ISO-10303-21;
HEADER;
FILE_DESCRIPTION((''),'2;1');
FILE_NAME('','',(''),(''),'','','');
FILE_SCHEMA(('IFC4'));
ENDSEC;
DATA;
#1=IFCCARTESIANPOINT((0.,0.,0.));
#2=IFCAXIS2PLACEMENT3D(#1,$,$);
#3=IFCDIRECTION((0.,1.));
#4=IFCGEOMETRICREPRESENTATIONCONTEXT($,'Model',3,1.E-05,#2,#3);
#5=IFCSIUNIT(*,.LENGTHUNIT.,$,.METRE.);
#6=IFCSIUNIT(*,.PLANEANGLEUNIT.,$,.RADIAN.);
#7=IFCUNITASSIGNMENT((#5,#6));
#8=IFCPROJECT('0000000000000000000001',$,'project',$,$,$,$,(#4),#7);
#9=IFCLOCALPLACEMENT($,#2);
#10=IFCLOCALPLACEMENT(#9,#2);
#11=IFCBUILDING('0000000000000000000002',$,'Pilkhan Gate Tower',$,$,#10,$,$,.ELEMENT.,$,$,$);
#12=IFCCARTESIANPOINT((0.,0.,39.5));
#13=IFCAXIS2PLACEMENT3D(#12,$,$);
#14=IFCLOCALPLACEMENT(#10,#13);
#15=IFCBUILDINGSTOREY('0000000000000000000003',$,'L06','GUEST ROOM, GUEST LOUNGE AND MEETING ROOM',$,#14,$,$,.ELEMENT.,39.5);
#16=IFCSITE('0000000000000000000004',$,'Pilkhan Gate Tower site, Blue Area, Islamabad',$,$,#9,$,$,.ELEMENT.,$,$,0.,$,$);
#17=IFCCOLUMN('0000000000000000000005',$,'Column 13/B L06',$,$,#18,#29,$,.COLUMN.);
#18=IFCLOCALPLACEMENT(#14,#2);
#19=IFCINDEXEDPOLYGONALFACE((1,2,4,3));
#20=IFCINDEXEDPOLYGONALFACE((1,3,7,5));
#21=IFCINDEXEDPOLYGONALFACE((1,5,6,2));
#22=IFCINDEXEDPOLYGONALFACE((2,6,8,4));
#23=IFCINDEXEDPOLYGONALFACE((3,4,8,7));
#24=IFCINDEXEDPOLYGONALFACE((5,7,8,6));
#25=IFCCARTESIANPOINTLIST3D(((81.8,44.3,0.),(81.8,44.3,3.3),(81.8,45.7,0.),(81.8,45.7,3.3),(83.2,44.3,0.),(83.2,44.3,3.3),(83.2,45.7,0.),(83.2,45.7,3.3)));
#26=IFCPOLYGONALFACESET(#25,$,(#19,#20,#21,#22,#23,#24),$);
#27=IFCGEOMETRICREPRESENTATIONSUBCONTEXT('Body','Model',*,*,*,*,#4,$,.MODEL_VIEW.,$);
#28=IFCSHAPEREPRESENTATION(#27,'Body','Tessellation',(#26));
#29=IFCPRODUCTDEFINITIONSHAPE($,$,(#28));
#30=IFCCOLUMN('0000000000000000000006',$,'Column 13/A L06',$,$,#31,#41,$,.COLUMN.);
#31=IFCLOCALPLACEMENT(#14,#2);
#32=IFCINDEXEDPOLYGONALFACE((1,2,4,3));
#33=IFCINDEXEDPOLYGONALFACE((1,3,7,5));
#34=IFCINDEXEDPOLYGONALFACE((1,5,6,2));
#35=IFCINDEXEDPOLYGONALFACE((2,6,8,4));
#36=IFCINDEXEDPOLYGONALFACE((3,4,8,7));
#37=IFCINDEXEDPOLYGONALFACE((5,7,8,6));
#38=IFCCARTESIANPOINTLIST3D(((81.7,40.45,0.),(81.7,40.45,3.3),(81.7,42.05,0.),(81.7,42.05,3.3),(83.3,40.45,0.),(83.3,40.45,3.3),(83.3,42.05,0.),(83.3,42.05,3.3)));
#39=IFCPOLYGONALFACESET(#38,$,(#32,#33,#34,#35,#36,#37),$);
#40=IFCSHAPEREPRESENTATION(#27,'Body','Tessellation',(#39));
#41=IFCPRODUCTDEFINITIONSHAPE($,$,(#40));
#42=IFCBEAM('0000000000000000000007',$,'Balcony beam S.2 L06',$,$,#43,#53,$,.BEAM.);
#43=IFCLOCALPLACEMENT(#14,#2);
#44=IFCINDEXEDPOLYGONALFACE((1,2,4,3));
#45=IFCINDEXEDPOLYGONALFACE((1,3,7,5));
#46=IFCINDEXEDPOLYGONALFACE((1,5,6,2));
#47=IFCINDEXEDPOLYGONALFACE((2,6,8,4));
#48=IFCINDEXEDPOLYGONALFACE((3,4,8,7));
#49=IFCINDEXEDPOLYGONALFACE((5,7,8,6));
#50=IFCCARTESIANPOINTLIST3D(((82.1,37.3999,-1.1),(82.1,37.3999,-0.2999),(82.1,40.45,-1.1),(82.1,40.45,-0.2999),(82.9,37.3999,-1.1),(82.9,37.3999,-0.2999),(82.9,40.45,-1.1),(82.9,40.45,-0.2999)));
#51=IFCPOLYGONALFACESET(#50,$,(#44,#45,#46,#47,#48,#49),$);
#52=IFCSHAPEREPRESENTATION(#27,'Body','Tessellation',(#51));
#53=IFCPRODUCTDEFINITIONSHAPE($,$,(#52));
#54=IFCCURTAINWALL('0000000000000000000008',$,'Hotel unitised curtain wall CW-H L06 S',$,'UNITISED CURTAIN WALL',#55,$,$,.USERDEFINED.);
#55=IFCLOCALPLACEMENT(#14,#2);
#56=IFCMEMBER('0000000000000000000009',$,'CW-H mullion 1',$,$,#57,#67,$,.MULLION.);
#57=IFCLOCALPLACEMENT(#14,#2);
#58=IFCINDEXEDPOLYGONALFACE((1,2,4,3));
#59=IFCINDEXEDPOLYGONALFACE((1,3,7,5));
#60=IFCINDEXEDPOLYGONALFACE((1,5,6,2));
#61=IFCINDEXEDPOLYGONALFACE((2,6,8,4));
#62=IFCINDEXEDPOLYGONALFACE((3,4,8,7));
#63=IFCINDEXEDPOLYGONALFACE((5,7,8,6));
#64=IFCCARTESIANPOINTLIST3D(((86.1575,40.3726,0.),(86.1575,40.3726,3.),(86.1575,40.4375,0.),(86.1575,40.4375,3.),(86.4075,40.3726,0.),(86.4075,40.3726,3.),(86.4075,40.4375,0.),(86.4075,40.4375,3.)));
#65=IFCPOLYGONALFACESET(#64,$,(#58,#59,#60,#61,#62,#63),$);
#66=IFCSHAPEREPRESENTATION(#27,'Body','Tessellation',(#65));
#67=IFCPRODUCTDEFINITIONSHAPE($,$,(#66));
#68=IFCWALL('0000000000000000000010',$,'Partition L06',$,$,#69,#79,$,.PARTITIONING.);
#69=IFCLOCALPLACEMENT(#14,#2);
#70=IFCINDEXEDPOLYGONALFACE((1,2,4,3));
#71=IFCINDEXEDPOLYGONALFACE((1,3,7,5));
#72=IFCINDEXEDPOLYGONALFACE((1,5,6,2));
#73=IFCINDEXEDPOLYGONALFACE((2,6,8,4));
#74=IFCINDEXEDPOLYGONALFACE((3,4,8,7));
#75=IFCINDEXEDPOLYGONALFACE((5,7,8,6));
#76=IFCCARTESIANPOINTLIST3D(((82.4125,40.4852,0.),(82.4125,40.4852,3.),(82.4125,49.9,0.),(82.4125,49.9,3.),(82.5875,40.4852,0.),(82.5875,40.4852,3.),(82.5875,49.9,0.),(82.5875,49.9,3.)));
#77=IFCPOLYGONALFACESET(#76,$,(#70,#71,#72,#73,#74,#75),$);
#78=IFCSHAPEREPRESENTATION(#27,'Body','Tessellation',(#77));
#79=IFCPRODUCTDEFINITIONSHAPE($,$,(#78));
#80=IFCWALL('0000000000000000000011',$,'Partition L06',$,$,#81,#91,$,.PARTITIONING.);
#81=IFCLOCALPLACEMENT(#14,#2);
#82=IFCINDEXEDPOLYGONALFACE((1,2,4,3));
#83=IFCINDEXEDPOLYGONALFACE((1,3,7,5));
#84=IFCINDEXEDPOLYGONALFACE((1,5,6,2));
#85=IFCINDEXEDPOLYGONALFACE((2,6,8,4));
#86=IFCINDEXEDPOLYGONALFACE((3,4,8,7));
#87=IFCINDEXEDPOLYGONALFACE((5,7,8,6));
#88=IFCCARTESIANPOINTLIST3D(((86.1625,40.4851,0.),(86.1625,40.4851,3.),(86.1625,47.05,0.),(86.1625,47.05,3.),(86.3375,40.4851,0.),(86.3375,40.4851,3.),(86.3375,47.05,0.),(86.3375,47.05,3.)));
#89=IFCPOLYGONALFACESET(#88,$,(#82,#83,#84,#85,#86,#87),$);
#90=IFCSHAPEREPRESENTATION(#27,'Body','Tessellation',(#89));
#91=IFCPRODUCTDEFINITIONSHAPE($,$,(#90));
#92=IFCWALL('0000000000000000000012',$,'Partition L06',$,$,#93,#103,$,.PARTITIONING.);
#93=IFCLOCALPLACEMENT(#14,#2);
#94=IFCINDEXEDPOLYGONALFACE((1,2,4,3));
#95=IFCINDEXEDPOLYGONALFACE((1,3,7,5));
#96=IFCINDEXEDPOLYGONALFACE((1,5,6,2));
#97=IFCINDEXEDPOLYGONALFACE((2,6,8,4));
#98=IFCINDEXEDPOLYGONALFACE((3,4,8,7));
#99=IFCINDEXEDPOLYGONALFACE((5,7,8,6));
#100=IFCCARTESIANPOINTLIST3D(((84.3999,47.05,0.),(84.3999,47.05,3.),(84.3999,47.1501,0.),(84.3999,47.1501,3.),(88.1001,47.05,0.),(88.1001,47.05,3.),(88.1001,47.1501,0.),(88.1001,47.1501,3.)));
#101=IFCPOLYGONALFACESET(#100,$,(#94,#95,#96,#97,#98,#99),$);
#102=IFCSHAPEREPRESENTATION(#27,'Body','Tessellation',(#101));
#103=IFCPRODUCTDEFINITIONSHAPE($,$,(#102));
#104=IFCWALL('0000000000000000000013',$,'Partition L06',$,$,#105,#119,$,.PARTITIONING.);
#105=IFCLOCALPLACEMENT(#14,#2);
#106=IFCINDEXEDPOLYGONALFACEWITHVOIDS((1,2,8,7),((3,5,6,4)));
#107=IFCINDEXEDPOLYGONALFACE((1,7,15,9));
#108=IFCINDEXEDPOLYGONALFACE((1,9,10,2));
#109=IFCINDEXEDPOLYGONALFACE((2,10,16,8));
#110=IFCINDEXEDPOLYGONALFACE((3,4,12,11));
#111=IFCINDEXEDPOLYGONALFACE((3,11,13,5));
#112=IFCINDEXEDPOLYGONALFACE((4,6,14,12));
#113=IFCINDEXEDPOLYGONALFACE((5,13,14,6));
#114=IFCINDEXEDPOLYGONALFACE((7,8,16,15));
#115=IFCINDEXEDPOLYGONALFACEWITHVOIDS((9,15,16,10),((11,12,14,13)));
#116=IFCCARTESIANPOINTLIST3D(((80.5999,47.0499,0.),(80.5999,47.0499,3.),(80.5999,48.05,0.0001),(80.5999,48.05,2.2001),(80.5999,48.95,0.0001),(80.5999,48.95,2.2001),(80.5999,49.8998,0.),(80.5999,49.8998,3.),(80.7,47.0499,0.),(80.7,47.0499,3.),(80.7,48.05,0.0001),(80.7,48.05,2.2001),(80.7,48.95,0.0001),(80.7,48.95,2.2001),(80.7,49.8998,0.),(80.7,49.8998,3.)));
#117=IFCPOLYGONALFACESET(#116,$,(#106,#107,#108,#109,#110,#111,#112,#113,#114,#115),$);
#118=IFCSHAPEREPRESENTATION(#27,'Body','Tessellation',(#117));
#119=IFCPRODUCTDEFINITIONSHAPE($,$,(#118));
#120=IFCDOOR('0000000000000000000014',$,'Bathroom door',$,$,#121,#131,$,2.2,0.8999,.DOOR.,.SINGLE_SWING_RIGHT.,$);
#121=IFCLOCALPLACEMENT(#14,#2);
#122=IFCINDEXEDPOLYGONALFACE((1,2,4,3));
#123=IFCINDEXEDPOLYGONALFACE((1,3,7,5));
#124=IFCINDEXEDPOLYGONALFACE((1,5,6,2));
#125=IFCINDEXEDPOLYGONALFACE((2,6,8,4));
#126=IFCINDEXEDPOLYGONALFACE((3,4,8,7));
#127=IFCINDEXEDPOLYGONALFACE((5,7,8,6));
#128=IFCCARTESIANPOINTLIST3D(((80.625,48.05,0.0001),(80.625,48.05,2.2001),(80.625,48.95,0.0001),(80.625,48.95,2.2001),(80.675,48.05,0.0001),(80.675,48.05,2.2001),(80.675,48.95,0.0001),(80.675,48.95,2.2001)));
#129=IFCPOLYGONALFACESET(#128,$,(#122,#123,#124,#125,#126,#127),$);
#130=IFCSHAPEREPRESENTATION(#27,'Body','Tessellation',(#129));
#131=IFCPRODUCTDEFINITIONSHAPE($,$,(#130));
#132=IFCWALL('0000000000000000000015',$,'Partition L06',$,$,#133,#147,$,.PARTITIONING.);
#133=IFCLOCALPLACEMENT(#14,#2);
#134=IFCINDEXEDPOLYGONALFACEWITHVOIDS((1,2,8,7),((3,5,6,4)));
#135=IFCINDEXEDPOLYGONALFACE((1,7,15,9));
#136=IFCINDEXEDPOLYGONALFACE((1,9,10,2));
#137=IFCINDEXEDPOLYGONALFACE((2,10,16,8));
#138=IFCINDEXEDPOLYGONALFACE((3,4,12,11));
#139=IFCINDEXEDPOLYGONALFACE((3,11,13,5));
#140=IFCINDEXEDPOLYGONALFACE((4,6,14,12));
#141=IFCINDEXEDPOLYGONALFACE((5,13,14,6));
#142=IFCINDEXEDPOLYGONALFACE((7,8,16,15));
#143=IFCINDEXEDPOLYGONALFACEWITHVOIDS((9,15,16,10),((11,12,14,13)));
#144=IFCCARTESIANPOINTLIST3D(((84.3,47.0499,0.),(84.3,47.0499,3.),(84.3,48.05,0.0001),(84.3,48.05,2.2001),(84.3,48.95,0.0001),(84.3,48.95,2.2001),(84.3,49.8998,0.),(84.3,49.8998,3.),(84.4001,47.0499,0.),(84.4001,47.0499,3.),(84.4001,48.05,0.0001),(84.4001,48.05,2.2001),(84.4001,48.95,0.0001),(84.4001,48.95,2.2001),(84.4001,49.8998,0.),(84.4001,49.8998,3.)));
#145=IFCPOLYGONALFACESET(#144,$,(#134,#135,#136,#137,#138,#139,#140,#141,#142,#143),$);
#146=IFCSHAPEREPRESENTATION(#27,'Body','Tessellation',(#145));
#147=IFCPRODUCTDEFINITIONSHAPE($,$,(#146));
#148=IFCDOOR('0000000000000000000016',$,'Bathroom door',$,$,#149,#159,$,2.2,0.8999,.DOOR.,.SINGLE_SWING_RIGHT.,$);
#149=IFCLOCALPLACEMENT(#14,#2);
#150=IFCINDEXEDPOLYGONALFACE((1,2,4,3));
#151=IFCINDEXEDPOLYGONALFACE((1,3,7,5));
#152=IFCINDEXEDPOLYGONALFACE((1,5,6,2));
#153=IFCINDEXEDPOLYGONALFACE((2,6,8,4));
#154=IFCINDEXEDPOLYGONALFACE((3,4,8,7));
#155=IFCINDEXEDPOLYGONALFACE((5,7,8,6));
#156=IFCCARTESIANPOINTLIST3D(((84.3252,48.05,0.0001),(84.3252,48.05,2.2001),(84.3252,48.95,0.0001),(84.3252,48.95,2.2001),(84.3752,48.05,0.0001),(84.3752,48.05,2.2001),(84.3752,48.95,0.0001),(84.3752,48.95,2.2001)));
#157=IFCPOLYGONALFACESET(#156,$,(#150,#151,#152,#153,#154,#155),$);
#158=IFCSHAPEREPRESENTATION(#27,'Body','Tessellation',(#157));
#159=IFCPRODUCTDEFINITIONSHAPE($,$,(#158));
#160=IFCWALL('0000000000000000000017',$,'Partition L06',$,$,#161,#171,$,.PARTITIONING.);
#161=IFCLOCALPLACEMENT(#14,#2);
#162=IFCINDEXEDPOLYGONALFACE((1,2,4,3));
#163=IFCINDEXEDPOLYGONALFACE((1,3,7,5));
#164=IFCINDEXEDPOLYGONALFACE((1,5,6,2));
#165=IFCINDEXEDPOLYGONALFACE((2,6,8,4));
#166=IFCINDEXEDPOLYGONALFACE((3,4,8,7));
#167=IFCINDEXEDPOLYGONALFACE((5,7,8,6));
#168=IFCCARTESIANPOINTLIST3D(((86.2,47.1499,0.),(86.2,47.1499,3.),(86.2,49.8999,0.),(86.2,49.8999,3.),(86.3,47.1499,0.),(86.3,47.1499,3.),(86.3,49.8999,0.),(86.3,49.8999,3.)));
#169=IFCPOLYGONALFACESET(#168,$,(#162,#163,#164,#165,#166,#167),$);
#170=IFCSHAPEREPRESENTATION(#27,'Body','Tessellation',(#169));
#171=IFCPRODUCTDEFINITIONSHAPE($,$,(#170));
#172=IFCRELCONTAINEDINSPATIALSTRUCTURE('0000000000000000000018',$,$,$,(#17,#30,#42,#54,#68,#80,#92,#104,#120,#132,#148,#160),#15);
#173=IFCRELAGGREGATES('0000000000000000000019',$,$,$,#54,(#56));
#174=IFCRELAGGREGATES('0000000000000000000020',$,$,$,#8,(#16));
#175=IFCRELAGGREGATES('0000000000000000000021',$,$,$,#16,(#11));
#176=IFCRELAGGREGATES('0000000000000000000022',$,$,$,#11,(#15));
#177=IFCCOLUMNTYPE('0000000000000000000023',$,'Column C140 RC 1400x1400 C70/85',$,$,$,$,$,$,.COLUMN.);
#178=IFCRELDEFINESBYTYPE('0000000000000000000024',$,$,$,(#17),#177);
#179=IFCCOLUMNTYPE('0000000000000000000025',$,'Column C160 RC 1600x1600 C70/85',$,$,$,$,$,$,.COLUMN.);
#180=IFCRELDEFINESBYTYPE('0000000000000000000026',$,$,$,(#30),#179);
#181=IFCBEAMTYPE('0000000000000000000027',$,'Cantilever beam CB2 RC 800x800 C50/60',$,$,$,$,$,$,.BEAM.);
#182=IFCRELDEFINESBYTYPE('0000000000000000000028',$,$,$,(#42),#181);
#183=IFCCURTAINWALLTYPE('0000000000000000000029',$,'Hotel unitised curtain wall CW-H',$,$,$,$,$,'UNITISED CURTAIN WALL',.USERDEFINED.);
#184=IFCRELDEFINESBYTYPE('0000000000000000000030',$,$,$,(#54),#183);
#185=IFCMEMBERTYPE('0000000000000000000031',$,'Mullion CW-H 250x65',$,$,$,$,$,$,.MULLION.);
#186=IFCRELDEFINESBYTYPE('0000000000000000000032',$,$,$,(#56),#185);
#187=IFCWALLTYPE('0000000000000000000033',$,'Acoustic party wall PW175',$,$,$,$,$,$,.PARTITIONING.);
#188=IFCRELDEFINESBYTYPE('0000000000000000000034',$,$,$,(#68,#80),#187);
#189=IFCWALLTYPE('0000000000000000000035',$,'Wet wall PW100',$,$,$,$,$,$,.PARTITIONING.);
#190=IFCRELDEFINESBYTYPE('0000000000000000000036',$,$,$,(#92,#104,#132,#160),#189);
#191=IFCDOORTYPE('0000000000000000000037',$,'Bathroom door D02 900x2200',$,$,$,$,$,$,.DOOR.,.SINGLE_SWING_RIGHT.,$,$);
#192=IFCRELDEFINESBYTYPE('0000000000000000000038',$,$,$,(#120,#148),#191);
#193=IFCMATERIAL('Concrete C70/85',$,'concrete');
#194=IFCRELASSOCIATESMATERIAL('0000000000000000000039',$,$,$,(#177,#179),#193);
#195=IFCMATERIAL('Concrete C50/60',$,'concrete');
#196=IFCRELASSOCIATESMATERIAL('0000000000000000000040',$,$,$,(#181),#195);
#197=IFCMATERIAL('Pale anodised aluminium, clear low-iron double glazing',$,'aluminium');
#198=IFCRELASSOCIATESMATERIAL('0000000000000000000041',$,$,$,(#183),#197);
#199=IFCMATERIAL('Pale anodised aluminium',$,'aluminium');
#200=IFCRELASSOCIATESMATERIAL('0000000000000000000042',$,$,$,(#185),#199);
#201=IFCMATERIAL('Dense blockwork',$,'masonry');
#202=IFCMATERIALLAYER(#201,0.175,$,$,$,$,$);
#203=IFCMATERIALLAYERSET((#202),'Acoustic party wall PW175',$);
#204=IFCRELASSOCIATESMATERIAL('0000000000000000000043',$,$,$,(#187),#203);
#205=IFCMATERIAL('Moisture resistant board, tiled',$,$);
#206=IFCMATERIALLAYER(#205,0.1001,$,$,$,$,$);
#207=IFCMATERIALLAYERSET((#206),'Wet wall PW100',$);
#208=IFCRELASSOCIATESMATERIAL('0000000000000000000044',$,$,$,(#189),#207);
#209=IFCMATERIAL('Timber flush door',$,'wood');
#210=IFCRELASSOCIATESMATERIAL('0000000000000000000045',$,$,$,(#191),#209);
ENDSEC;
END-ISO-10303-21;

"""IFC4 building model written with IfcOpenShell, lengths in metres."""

from ifc_helpers import new_model, si_unit, direction, frame, frame_2d, origin, origin_2d, place, context, subcontext, project, spatial, rectangle, extrude, material, layer, layer_set, material_profile, profile_set, type_object, element, fill, aggregate, save


model = new_model("IFC4")

# Units and contexts
model_context = context("Model", 3, precision=1e-05, world=origin(), true_north=direction((0.0, 1.0)))
body_context = subcontext(model_context, "Body", "Model", "MODEL_VIEW")
ifc_project = project(units=[si_unit("LENGTHUNIT", "METRE"), si_unit("PLANEANGLEUNIT", "RADIAN")], contexts=[model_context])

# Site, building, storey
site_placement = place(None, origin())
site = spatial("IfcSite", under=ifc_project, at=site_placement, Name="Pilkhan Gate Tower site, Blue Area, Islamabad", CompositionType="ELEMENT", RefElevation=0.0)
building_placement = place(site_placement, origin())
building = spatial("IfcBuilding", under=site, at=building_placement, Name="Pilkhan Gate Tower", CompositionType="ELEMENT")
storey_placement = place(building_placement, frame((0.0, 0.0, 39.5)))
storey = spatial("IfcBuildingStorey", under=building, at=storey_placement, Name="L06", Description="GUEST ROOM, GUEST LOUNGE AND MEETING ROOM", CompositionType="ELEMENT", Elevation=39.5)

# Columns
ifc_material_1 = material(Name="Concrete C70/85", Category="concrete")
ifc_material_profile_1 = material_profile(ifc_material_1, rectangle(XDim=1.3999, YDim=1.3999, at=origin_2d()), Name="RC 1400x1400")
ifc_profile_set_1 = profile_set([ifc_material_profile_1], Name="Concrete C70/85")
column_type_1 = type_object("IfcColumnType", Name="Column C140 RC 1400x1400 C70/85", PredefinedType="COLUMN", material=ifc_profile_set_1)
column_1_placement = place(storey_placement, frame((82.5, 45.0, 0.0), z_axis=(0.0, 0.0, 1.0), x_axis=(1.0, 0.0, 0.0)))
element("IfcColumn", 1, at=column_1_placement, inside=storey, type_object=column_type_1, Name="Column 13/B L06", PredefinedType="COLUMN", context=body_context, shape_type="SweptSolid", body=[
    extrude(rectangle(XDim=1.3999, YDim=1.3999, at=origin_2d()), origin(), (0.0, 0.0, 1.0), 3.3),
])
ifc_material_profile_2 = material_profile(ifc_material_1, rectangle(XDim=1.6001, YDim=1.6001, at=origin_2d()), Name="RC 1600x1600")
ifc_profile_set_2 = profile_set([ifc_material_profile_2], Name="Concrete C70/85")
column_type_2 = type_object("IfcColumnType", Name="Column C160 RC 1600x1600 C70/85", PredefinedType="COLUMN", material=ifc_profile_set_2)
column_2_placement = place(storey_placement, frame((82.5, 41.25, 0.0), z_axis=(0.0, 0.0, 1.0), x_axis=(1.0, 0.0, 0.0)))
element("IfcColumn", 2, at=column_2_placement, inside=storey, type_object=column_type_2, Name="Column 13/A L06", PredefinedType="COLUMN", context=body_context, shape_type="SweptSolid", body=[
    extrude(rectangle(XDim=1.6001, YDim=1.6001, at=origin_2d()), origin(), (0.0, 0.0, 1.0), 3.3),
])

# Beam
ifc_material_2 = material(Name="Concrete C50/60", Category="concrete")
ifc_material_profile_3 = material_profile(ifc_material_2, rectangle(XDim=0.8, YDim=0.8, at=origin_2d()), Name="RC 800x800")
ifc_profile_set_3 = profile_set([ifc_material_profile_3], Name="Concrete C50/60")
beam_type = type_object("IfcBeamType", Name="Cantilever beam CB2 RC 800x800 C50/60", PredefinedType="BEAM", material=ifc_profile_set_3)
beam_placement = place(storey_placement, frame((82.5, 40.45, -0.7), z_axis=(0.0, -1.0, 0.0), x_axis=(1.0, 0.0, 0.0)))
element("IfcBeam", 3, at=beam_placement, inside=storey, type_object=beam_type, Name="Balcony beam S.2 L06", PredefinedType="BEAM", context=body_context, shape_type="SweptSolid", body=[
    extrude(rectangle(XDim=0.8, YDim=0.8, at=origin_2d()), origin(), (0.0, 0.0, 1.0), 3.05),
])

# Curtain wall, member
ifc_material_3 = material(Name="Pale anodised aluminium, clear low-iron double glazing", Category="aluminium")
curtain_wall_type = type_object("IfcCurtainWallType", Name="Hotel unitised curtain wall CW-H", ElementType="UNITISED CURTAIN WALL", PredefinedType="USERDEFINED", material=ifc_material_3)
curtain_wall_placement = place(storey_placement, origin())
curtain_wall = element("IfcCurtainWall", 4, at=curtain_wall_placement, inside=storey, type_object=curtain_wall_type, Name="Hotel unitised curtain wall CW-H L06 S", ObjectType="UNITISED CURTAIN WALL", PredefinedType="USERDEFINED")
ifc_material_4 = material(Name="Pale anodised aluminium", Category="aluminium")
ifc_material_profile_4 = material_profile(ifc_material_4, rectangle(XDim=0.0649, YDim=0.25, at=origin_2d()), Name="Mullion 250x65")
ifc_profile_set_4 = profile_set([ifc_material_profile_4], Name="Pale anodised aluminium")
member_type = type_object("IfcMemberType", Name="Mullion CW-H 250x65", PredefinedType="MULLION", material=ifc_profile_set_4)
member_placement = place(storey_placement, frame((86.2825, 40.405, 0.0), z_axis=(0.0, 0.0, 1.0), x_axis=(0.0, 1.0, 0.0)))
member = element("IfcMember", 5, at=member_placement, type_object=member_type, Name="CW-H mullion 1", PredefinedType="MULLION", context=body_context, shape_type="SweptSolid", body=[
    extrude(rectangle(XDim=0.0649, YDim=0.25, at=origin_2d()), origin(), (0.0, 0.0, 1.0), 3.0),
])
aggregate(curtain_wall, [member])

# Walls
ifc_material_5 = material(Name="Dense blockwork", Category="masonry")
ifc_layer_1 = layer(ifc_material_5, 0.175)
ifc_layer_set_1 = layer_set([ifc_layer_1], Name="Acoustic party wall PW175")
wall_type_1 = type_object("IfcWallType", Name="Acoustic party wall PW175", PredefinedType="PARTITIONING", material=ifc_layer_set_1)
wall_1_placement = place(storey_placement, frame((82.5, 40.4851, 0.0), z_axis=(0.0, 0.0, 1.0), x_axis=(0.0, 1.0, 0.0)))
element("IfcWall", 6, at=wall_1_placement, inside=storey, type_object=wall_type_1, Name="Partition L06", PredefinedType="PARTITIONING", context=body_context, shape_type="SweptSolid", body=[
    extrude(rectangle(XDim=9.4148, YDim=0.175, at=frame_2d((4.7075, 0.0))), origin(), (0.0, 0.0, 1.0), 3.0),
])
wall_2_placement = place(storey_placement, frame((86.25, 40.4851, 0.0), z_axis=(0.0, 0.0, 1.0), x_axis=(0.0, 1.0, 0.0)))
element("IfcWall", 7, at=wall_2_placement, inside=storey, type_object=wall_type_1, Name="Partition L06", PredefinedType="PARTITIONING", context=body_context, shape_type="SweptSolid", body=[
    extrude(rectangle(XDim=6.5649, YDim=0.175, at=frame_2d((3.2825, 0.0))), origin(), (0.0, 0.0, 1.0), 3.0),
])

# Wall
ifc_material_6 = material(Name="Moisture resistant board, tiled")
ifc_layer_2 = layer(ifc_material_6, 0.1001)
ifc_layer_set_2 = layer_set([ifc_layer_2], Name="Wet wall PW100")
wall_type_2 = type_object("IfcWallType", Name="Wet wall PW100", PredefinedType="PARTITIONING", material=ifc_layer_set_2)
wall_3_placement = place(storey_placement, frame((84.3999, 47.1001, 0.0), z_axis=(0.0, 0.0, 1.0), x_axis=(1.0, 0.0, 0.0)))
element("IfcWall", 8, at=wall_3_placement, inside=storey, type_object=wall_type_2, Name="Partition L06", PredefinedType="PARTITIONING", context=body_context, shape_type="SweptSolid", body=[
    extrude(rectangle(XDim=3.7002, YDim=0.1001, at=frame_2d((1.8501, 0.0))), origin(), (0.0, 0.0, 1.0), 3.0),
])

# Walls, openings, doors
wall_4_placement = place(storey_placement, frame((80.6499, 47.05, 0.0), z_axis=(0.0, 0.0, 1.0), x_axis=(0.0, 1.0, 0.0)))
wall_4 = element("IfcWall", 9, at=wall_4_placement, inside=storey, type_object=wall_type_2, Name="Partition L06", PredefinedType="PARTITIONING", context=body_context, shape_type="SweptSolid", body=[
    extrude(rectangle(XDim=2.8499, YDim=0.1001, at=frame_2d((1.4248, 0.0))), origin(), (0.0, 0.0, 1.0), 3.0),
])
opening_1_placement = place(wall_4_placement, frame((1.0, 0.0, 0.0)))
opening_1 = element("IfcOpeningElement", 10, at=opening_1_placement, cuts=wall_4, PredefinedType="OPENING", context=body_context, shape_type="SweptSolid", body=[
    extrude(rectangle(XDim=0.8999, YDim=2.2, at=frame_2d((0.45, 1.1001))), frame((0.0, 0.0601, 0.0), z_axis=(0.0, -1.0, 0.0), x_axis=(1.0, 0.0, 0.0)), (0.0, 0.0, 1.0), 0.1201),
])
ifc_material_7 = material(Name="Timber flush door", Category="wood")
door_type_1 = type_object("IfcDoorType", Name="Bathroom door D02 900x2200", OperationType="SINGLE_SWING_RIGHT", PredefinedType="DOOR", material=ifc_material_7)
door_1_placement = place(opening_1_placement, origin())
door_1 = element("IfcDoor", 11, at=door_1_placement, inside=storey, type_object=door_type_1, Name="Bathroom door", OperationType="SINGLE_SWING_RIGHT", OverallHeight=2.2, OverallWidth=0.8999, PredefinedType="DOOR", context=body_context, shape_type="SweptSolid", body=[
    extrude(rectangle(XDim=0.8999, YDim=2.2, at=frame_2d((0.45, 1.1001))), frame((0.0, 0.0249, 0.0), z_axis=(0.0, -1.0, 0.0), x_axis=(1.0, 0.0, 0.0)), (0.0, 0.0, 1.0), 0.05),
])
fill(opening_1, door_1)
wall_5_placement = place(storey_placement, frame((84.3501, 47.05, 0.0), z_axis=(0.0, 0.0, 1.0), x_axis=(0.0, 1.0, 0.0)))
wall_5 = element("IfcWall", 12, at=wall_5_placement, inside=storey, type_object=wall_type_2, Name="Partition L06", PredefinedType="PARTITIONING", context=body_context, shape_type="SweptSolid", body=[
    extrude(rectangle(XDim=2.8499, YDim=0.1001, at=frame_2d((1.4248, 0.0))), origin(), (0.0, 0.0, 1.0), 3.0),
])
opening_2_placement = place(wall_5_placement, frame((1.0, 0.0, 0.0)))
opening_2 = element("IfcOpeningElement", 13, at=opening_2_placement, cuts=wall_5, PredefinedType="OPENING", context=body_context, shape_type="SweptSolid", body=[
    extrude(rectangle(XDim=0.8999, YDim=2.2, at=frame_2d((0.45, 1.1001))), frame((0.0, 0.0601, 0.0), z_axis=(0.0, -1.0, 0.0), x_axis=(1.0, 0.0, 0.0)), (0.0, 0.0, 1.0), 0.1201),
])
door_2_placement = place(opening_2_placement, origin())
door_2 = element("IfcDoor", 14, at=door_2_placement, inside=storey, type_object=door_type_1, Name="Bathroom door", OperationType="SINGLE_SWING_RIGHT", OverallHeight=2.2, OverallWidth=0.8999, PredefinedType="DOOR", context=body_context, shape_type="SweptSolid", body=[
    extrude(rectangle(XDim=0.8999, YDim=2.2, at=frame_2d((0.45, 1.1001))), frame((0.0, 0.0249, 0.0), z_axis=(0.0, -1.0, 0.0), x_axis=(1.0, 0.0, 0.0)), (0.0, 0.0, 1.0), 0.05),
])
fill(opening_2, door_2)

# Wall
wall_6_placement = place(storey_placement, frame((86.25, 47.1499, 0.0), z_axis=(0.0, 0.0, 1.0), x_axis=(0.0, 1.0, 0.0)))
element("IfcWall", 15, at=wall_6_placement, inside=storey, type_object=wall_type_2, Name="Partition L06", PredefinedType="PARTITIONING", context=body_context, shape_type="SweptSolid", body=[
    extrude(rectangle(XDim=2.75, YDim=0.1001, at=frame_2d((1.375, 0.0))), origin(), (0.0, 0.0, 1.0), 3.0),
])

save(model, "model.ifc")
